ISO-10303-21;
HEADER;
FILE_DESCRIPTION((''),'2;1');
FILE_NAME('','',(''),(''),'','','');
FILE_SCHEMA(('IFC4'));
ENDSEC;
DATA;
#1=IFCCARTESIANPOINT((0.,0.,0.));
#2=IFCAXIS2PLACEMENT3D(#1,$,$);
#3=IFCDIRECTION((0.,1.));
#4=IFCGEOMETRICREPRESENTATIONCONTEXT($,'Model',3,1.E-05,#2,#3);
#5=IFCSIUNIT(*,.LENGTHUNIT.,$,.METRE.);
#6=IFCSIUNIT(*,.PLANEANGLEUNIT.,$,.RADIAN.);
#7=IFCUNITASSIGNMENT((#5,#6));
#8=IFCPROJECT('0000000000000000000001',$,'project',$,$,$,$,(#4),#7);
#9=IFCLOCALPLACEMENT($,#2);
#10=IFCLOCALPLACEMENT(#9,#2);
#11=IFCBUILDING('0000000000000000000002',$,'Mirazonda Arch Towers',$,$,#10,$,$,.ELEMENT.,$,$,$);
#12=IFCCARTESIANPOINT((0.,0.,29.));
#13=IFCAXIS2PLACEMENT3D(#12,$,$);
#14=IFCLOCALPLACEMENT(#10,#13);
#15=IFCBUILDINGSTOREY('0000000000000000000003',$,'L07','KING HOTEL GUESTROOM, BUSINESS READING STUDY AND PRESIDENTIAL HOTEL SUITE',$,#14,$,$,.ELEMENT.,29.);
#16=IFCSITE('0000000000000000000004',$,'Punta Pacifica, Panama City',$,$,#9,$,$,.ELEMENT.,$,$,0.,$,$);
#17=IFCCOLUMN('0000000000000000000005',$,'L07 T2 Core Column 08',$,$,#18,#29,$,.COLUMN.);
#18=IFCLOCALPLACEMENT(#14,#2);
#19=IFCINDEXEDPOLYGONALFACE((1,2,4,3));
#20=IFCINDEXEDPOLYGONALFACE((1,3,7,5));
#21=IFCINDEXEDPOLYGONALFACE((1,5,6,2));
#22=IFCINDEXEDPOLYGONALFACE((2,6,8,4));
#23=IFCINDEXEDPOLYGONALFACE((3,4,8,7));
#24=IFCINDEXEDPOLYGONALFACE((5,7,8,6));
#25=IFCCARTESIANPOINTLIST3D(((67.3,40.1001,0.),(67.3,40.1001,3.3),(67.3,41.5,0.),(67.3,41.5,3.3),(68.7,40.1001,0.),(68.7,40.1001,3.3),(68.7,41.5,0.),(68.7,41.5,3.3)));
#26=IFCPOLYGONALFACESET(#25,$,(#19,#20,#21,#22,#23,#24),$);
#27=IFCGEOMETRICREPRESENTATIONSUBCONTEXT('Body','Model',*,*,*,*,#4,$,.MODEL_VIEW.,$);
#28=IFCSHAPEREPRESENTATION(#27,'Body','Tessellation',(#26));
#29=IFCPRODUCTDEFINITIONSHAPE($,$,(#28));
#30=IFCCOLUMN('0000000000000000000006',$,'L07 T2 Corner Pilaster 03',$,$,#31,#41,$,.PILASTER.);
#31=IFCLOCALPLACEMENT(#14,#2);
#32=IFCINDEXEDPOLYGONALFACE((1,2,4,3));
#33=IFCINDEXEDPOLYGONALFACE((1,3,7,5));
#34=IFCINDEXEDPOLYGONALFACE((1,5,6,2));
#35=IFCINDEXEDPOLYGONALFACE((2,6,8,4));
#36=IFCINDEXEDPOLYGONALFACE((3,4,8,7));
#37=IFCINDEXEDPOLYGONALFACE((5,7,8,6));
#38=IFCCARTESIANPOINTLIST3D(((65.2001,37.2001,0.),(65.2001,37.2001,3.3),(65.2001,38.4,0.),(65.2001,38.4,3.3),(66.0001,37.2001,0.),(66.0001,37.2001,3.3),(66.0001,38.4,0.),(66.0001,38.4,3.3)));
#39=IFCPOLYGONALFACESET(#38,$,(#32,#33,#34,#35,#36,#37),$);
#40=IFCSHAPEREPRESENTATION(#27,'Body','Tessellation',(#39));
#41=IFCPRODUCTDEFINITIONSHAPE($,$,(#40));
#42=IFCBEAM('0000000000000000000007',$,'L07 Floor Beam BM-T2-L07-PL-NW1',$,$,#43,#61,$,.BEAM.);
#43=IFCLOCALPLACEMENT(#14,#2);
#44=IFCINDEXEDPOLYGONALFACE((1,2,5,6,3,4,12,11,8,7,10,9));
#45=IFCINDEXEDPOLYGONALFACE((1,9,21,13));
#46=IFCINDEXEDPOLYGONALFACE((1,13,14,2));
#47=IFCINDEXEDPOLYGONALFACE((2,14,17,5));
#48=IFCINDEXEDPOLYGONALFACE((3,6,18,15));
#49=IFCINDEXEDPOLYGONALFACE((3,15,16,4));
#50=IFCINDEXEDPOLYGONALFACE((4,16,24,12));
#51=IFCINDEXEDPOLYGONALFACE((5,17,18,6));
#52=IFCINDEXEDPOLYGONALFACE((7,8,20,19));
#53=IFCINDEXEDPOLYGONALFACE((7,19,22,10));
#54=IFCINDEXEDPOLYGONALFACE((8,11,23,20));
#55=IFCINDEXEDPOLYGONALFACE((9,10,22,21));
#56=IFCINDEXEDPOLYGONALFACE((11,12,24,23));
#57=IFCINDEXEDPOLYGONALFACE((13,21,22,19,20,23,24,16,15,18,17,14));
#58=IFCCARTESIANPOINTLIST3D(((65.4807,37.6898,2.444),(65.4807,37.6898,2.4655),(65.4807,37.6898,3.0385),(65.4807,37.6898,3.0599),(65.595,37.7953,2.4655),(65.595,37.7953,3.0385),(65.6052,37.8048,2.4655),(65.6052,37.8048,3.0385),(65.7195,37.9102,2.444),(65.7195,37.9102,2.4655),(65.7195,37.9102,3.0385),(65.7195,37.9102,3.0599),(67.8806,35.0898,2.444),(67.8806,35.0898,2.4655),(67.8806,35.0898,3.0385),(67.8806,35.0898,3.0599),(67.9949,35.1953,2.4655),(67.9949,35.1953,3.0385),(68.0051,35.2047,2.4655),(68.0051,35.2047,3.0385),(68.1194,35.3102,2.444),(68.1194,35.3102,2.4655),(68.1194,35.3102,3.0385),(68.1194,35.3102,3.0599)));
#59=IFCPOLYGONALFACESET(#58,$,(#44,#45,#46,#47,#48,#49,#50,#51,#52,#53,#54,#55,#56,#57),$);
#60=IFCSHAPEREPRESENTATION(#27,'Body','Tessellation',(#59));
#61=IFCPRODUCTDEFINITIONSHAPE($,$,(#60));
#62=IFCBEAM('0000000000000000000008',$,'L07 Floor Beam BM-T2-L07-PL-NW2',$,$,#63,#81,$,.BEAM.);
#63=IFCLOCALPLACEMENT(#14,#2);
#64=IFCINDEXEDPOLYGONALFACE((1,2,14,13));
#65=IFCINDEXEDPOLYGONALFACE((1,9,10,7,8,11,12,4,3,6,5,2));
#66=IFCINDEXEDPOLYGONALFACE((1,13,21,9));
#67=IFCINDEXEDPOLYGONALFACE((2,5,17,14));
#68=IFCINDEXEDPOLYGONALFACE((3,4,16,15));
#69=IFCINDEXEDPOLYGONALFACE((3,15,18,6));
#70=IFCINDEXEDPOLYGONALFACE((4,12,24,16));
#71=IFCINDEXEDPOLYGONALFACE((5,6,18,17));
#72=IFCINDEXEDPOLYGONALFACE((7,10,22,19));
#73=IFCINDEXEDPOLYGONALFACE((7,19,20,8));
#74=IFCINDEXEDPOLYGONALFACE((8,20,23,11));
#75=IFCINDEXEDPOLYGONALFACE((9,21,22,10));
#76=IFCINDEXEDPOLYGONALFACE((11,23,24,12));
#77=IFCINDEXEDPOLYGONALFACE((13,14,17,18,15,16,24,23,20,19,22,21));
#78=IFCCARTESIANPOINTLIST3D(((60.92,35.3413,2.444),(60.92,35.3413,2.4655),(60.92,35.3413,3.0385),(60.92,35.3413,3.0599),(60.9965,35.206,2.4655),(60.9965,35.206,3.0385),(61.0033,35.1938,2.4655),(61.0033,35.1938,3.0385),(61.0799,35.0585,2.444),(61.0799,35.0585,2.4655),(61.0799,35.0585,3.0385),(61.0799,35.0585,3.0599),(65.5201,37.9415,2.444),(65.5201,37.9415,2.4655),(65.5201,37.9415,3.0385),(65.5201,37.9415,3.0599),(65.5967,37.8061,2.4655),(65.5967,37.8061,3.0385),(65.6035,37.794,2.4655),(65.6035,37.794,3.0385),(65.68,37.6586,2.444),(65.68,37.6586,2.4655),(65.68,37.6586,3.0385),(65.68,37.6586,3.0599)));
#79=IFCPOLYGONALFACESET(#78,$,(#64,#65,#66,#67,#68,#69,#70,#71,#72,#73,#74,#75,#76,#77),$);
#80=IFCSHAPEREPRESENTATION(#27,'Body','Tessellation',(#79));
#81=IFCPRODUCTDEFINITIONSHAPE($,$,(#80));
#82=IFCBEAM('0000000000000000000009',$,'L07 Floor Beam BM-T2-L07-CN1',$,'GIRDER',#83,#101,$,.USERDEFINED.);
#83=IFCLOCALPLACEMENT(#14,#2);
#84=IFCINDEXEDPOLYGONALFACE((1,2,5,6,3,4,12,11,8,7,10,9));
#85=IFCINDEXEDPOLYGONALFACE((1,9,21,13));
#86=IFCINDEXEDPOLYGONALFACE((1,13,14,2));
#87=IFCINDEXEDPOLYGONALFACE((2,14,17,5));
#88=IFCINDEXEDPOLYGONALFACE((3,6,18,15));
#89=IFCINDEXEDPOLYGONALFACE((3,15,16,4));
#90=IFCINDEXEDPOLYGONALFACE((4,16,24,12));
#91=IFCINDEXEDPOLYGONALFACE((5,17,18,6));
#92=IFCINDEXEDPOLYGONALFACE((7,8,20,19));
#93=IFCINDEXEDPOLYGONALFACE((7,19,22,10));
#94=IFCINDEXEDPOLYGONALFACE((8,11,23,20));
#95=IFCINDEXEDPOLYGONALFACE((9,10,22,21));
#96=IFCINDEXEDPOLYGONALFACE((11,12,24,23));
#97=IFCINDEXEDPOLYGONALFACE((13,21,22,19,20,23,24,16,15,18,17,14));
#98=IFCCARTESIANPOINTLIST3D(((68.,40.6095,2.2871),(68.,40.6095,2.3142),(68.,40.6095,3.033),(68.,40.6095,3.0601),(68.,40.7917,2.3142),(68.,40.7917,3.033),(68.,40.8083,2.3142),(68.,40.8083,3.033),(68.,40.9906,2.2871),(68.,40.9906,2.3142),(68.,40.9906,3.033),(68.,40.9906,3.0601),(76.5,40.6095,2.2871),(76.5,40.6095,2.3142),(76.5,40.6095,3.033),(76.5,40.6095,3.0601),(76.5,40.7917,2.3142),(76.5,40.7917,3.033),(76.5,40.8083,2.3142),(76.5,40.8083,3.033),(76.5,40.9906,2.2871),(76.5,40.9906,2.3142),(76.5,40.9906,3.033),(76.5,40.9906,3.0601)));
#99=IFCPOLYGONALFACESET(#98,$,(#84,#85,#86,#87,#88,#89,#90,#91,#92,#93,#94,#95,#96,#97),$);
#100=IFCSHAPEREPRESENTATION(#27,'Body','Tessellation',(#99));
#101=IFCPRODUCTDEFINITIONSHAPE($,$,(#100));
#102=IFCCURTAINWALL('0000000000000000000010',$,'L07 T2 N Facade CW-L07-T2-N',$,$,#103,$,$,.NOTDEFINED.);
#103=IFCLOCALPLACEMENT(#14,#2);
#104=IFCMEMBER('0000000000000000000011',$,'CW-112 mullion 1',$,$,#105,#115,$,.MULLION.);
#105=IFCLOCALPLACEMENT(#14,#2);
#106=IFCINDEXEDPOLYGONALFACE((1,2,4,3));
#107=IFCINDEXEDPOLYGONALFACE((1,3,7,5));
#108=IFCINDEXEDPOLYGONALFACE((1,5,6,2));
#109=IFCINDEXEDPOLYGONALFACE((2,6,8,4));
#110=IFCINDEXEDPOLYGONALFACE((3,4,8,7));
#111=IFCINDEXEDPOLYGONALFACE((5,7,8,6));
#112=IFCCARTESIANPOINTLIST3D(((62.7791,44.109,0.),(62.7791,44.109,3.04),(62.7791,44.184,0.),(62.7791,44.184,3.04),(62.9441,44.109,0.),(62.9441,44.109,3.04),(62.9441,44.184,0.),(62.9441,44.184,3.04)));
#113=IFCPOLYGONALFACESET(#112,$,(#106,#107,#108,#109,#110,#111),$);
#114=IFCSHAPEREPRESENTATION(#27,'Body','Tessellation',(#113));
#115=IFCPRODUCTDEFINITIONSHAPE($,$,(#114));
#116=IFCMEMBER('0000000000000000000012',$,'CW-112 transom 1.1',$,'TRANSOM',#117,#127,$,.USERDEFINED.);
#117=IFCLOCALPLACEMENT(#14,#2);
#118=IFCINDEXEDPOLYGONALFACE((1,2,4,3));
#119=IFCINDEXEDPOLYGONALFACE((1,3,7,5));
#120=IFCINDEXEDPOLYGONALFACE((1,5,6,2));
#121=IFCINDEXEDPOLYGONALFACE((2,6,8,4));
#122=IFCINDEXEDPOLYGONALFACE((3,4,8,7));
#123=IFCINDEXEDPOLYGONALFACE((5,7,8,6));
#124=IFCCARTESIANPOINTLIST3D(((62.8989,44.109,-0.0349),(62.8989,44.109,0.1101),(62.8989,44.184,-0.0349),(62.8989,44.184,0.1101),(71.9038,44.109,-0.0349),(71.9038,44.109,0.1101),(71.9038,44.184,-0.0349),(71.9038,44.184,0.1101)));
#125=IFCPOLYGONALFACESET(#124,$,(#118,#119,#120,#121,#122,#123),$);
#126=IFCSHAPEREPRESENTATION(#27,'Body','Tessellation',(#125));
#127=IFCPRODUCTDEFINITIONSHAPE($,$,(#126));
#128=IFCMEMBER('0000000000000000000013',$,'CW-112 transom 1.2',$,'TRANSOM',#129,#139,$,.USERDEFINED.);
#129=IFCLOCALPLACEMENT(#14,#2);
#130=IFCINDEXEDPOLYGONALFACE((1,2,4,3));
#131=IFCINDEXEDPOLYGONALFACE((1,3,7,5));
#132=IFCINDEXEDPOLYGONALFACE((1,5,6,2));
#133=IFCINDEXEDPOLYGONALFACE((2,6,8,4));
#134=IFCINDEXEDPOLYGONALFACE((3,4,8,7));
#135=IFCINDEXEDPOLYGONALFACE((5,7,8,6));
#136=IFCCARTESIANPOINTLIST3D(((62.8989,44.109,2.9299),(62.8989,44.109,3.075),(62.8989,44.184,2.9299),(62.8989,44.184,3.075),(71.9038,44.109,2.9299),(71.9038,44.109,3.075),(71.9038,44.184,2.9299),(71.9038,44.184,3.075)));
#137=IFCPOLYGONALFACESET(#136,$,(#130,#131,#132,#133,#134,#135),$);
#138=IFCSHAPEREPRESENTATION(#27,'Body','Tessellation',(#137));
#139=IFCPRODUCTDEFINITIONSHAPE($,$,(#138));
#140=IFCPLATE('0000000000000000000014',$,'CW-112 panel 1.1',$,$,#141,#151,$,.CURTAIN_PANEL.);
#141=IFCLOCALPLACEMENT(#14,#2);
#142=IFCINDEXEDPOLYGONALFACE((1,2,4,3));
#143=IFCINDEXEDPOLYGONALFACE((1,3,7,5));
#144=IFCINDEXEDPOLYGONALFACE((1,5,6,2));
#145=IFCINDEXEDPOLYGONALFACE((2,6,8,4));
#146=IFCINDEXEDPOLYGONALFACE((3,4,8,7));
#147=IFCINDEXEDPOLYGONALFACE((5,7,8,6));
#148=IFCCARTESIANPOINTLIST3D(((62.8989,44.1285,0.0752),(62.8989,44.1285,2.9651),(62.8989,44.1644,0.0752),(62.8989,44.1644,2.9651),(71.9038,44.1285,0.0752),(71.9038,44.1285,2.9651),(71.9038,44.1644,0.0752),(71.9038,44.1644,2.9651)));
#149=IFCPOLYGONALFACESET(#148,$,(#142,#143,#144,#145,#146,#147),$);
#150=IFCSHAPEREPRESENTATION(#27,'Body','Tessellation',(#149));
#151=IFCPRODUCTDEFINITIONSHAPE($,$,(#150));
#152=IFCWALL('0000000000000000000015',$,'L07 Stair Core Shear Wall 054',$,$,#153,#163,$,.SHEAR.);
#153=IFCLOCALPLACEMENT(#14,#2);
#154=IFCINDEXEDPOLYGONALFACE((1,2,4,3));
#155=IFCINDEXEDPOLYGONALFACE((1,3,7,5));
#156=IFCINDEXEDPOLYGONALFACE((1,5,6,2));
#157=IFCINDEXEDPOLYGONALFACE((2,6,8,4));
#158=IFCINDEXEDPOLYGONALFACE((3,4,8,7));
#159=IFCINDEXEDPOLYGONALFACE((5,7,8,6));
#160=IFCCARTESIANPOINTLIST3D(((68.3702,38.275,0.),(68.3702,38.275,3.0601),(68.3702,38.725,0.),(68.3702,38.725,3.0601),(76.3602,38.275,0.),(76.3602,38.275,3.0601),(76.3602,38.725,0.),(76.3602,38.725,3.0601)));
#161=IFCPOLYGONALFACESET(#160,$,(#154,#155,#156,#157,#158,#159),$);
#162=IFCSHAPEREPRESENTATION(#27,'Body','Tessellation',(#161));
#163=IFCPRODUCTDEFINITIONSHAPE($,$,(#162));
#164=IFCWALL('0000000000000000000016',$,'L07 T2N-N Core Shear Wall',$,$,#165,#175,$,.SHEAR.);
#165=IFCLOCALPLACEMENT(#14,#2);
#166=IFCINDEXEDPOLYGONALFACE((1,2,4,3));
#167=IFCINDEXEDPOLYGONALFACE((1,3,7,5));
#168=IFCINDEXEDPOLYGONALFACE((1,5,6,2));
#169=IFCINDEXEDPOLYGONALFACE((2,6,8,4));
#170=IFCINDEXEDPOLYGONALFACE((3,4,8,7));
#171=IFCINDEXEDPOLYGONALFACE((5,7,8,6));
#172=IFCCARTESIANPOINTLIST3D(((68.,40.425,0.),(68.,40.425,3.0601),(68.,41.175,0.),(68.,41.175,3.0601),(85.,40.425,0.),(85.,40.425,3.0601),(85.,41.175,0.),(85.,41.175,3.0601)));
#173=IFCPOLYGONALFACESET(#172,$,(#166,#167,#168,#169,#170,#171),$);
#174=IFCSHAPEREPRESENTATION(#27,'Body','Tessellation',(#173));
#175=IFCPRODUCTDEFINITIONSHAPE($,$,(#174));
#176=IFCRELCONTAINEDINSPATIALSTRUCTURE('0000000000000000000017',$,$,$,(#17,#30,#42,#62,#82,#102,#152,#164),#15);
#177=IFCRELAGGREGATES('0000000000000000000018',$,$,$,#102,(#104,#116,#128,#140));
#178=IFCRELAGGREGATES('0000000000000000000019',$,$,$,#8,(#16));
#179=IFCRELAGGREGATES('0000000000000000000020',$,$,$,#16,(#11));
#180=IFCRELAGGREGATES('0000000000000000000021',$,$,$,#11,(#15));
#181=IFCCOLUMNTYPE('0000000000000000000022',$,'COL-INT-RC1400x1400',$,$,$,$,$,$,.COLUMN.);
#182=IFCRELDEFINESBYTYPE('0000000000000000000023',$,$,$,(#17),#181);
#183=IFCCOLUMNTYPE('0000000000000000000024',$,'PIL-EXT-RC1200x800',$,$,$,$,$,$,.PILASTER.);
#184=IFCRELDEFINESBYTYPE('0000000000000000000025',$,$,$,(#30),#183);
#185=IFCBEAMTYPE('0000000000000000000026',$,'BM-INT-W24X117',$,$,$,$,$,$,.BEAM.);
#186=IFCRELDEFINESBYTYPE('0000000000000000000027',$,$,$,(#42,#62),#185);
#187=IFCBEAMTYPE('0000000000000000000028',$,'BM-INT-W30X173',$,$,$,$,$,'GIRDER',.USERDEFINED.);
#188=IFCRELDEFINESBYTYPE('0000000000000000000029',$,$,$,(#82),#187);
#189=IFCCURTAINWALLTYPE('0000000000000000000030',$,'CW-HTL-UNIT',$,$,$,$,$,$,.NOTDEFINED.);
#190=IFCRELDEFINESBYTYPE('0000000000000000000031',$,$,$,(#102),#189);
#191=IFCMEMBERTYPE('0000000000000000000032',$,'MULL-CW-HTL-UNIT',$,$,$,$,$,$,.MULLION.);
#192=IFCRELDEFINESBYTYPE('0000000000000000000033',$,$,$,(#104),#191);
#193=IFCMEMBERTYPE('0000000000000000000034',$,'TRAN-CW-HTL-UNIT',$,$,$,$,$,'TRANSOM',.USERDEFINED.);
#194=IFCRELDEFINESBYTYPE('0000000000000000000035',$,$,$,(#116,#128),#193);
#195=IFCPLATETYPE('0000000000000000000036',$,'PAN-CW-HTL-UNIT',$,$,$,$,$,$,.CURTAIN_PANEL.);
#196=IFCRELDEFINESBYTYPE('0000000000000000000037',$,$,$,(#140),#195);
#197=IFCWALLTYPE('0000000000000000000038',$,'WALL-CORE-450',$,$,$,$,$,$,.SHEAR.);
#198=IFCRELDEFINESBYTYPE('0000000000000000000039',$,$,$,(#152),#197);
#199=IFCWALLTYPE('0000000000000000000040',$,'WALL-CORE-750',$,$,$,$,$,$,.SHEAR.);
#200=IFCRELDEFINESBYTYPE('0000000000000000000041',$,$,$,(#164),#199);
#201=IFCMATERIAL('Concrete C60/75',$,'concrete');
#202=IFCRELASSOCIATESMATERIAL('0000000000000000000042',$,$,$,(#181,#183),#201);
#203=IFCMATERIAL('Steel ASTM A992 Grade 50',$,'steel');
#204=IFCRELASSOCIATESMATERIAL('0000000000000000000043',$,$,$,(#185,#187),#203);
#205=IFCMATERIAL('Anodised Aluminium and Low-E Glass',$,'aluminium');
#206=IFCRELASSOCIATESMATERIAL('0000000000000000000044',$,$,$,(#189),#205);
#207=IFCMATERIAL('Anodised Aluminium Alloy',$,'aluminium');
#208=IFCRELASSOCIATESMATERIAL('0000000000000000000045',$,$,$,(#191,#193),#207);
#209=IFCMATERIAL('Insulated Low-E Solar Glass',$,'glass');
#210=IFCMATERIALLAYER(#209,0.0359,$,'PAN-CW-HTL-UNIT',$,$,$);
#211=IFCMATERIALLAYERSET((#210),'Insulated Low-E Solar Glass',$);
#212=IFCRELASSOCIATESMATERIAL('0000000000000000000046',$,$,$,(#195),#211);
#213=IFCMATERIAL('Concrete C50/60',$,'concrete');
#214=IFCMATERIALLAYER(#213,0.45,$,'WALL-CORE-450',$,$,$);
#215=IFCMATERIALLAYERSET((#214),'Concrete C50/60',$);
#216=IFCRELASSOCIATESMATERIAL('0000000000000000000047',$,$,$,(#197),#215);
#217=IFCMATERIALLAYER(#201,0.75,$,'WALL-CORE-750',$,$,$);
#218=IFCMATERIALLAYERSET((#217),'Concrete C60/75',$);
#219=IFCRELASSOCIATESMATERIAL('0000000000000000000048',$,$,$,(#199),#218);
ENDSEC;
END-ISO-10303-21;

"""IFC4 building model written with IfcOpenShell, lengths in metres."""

from ifc_helpers import new_model, si_unit, direction, frame, frame_2d, origin, origin_2d, place, context, subcontext, project, spatial, rectangle, i_section, extrude, material, layer, layer_set, material_profile, profile_set, type_object, element, aggregate, save


model = new_model("IFC4")

# Units and contexts
model_context = context("Model", 3, precision=1e-05, world=origin(), true_north=direction((0.0, 1.0)))
body_context = subcontext(model_context, "Body", "Model", "MODEL_VIEW")
ifc_project = project(units=[si_unit("LENGTHUNIT", "METRE"), si_unit("PLANEANGLEUNIT", "RADIAN")], contexts=[model_context])

# Site, building, storey
site_placement = place(None, origin())
site = spatial("IfcSite", under=ifc_project, at=site_placement, Name="Punta Pacifica, Panama City", CompositionType="ELEMENT", RefElevation=0.0)
building_placement = place(site_placement, origin())
building = spatial("IfcBuilding", under=site, at=building_placement, Name="Mirazonda Arch Towers", CompositionType="ELEMENT")
storey_placement = place(building_placement, frame((0.0, 0.0, 29.0)))
storey = spatial("IfcBuildingStorey", under=building, at=storey_placement, Name="L07", Description="KING HOTEL GUESTROOM, BUSINESS READING STUDY AND PRESIDENTIAL HOTEL SUITE", CompositionType="ELEMENT", Elevation=29.0)

# Columns
ifc_material_1 = material(Name="Concrete C60/75", Category="concrete")
ifc_material_profile_1 = material_profile(ifc_material_1, rectangle(XDim=1.3999, YDim=1.3999, at=origin_2d()), Name="RC1400x1400")
ifc_profile_set_1 = profile_set([ifc_material_profile_1], Name="Concrete C60/75")
column_type_1 = type_object("IfcColumnType", Name="COL-INT-RC1400x1400", PredefinedType="COLUMN", material=ifc_profile_set_1)
column_1_placement = place(storey_placement, frame((68.0, 40.8, 0.0), z_axis=(0.0, 0.0, 1.0), x_axis=(1.0, 0.0, 0.0)))
element("IfcColumn", 1, at=column_1_placement, inside=storey, type_object=column_type_1, Name="L07 T2 Core Column 08", PredefinedType="COLUMN", context=body_context, shape_type="SweptSolid", body=[
    extrude(rectangle(XDim=1.3999, YDim=1.3999, at=origin_2d()), origin(), (0.0, 0.0, 1.0), 3.3),
])
ifc_material_profile_2 = material_profile(ifc_material_1, rectangle(XDim=0.8, YDim=1.2, at=origin_2d()), Name="RC1200x800")
ifc_profile_set_2 = profile_set([ifc_material_profile_2], Name="Concrete C60/75")
column_type_2 = type_object("IfcColumnType", Name="PIL-EXT-RC1200x800", PredefinedType="PILASTER", material=ifc_profile_set_2)
column_2_placement = place(storey_placement, frame((65.6001, 37.8, 0.0), z_axis=(0.0, 0.0, 1.0), x_axis=(1.0, 0.0, 0.0)))
element("IfcColumn", 2, at=column_2_placement, inside=storey, type_object=column_type_2, Name="L07 T2 Corner Pilaster 03", PredefinedType="PILASTER", context=body_context, shape_type="SweptSolid", body=[
    extrude(rectangle(XDim=0.8, YDim=1.2, at=origin_2d()), origin(), (0.0, 0.0, 1.0), 3.3),
])

# Beams
ifc_material_2 = material(Name="Steel ASTM A992 Grade 50", Category="steel")
ifc_material_profile_3 = material_profile(ifc_material_2, i_section(OverallWidth=0.325, OverallDepth=0.616, WebThickness=0.0139, FlangeThickness=0.0215, at=origin_2d()), Name="W24X117")
ifc_profile_set_3 = profile_set([ifc_material_profile_3], Name="Steel ASTM A992 Grade 50")
beam_type_1 = type_object("IfcBeamType", Name="BM-INT-W24X117", PredefinedType="BEAM", material=ifc_profile_set_3)
beam_1_placement = place(storey_placement, frame((65.6001, 37.8, 2.752), z_axis=(0.678251, -0.73483, 0.0), x_axis=(0.73483, 0.678251, 0.0)))
element("IfcBeam", 3, at=beam_1_placement, inside=storey, type_object=beam_type_1, Name="L07 Floor Beam BM-T2-L07-PL-NW1", PredefinedType="BEAM", context=body_context, shape_type="SweptSolid", body=[
    extrude(i_section(OverallWidth=0.325, OverallDepth=0.616, WebThickness=0.0139, FlangeThickness=0.0215, at=origin_2d()), origin(), (0.0, 0.0, 1.0), 3.5383),
])
beam_2_placement = place(storey_placement, frame((65.6001, 37.8, 2.752), z_axis=(-0.870559, -0.492063, 0.0), x_axis=(0.492063, -0.870559, 0.0)))
element("IfcBeam", 4, at=beam_2_placement, inside=storey, type_object=beam_type_1, Name="L07 Floor Beam BM-T2-L07-PL-NW2", PredefinedType="BEAM", context=body_context, shape_type="SweptSolid", body=[
    extrude(i_section(OverallWidth=0.325, OverallDepth=0.616, WebThickness=0.0139, FlangeThickness=0.0215, at=origin_2d()), origin(), (0.0, 0.0, 1.0), 5.2842),
])
ifc_material_profile_4 = material_profile(ifc_material_2, i_section(OverallWidth=0.3811, OverallDepth=0.7729, WebThickness=0.0166, FlangeThickness=0.0271, at=origin_2d()), Name="W30X173")
ifc_profile_set_4 = profile_set([ifc_material_profile_4], Name="Steel ASTM A992 Grade 50")
beam_type_2 = type_object("IfcBeamType", Name="BM-INT-W30X173", ElementType="GIRDER", PredefinedType="USERDEFINED", material=ifc_profile_set_4)
beam_3_placement = place(storey_placement, frame((68.0, 40.8, 2.6736), z_axis=(1.0, 0.0, 0.0), x_axis=(0.0, 1.0, 0.0)))
element("IfcBeam", 5, at=beam_3_placement, inside=storey, type_object=beam_type_2, Name="L07 Floor Beam BM-T2-L07-CN1", ObjectType="GIRDER", PredefinedType="USERDEFINED", context=body_context, shape_type="SweptSolid", body=[
    extrude(i_section(OverallWidth=0.3811, OverallDepth=0.7729, WebThickness=0.0166, FlangeThickness=0.0271, at=origin_2d()), origin(), (0.0, 0.0, 1.0), 8.5),
])

# Curtain wall, members, plate
ifc_material_3 = material(Name="Anodised Aluminium and Low-E Glass", Category="aluminium")
curtain_wall_type = type_object("IfcCurtainWallType", Name="CW-HTL-UNIT", PredefinedType="NOTDEFINED", material=ifc_material_3)
curtain_wall_placement = place(storey_placement, origin())
curtain_wall = element("IfcCurtainWall", 6, at=curtain_wall_placement, inside=storey, type_object=curtain_wall_type, Name="L07 T2 N Facade CW-L07-T2-N", PredefinedType="NOTDEFINED")
ifc_material_4 = material(Name="Anodised Aluminium Alloy", Category="aluminium")
ifc_material_profile_5 = material_profile(ifc_material_4, rectangle(XDim=0.075, YDim=0.165, at=origin_2d()), Name="ALU-MULL-75x165")
ifc_profile_set_5 = profile_set([ifc_material_profile_5], Name="Anodised Aluminium Alloy")
member_type_1 = type_object("IfcMemberType", Name="MULL-CW-HTL-UNIT", PredefinedType="MULLION", material=ifc_profile_set_5)
member_1_placement = place(storey_placement, frame((62.8616, 44.1465, 0.0), z_axis=(0.0, 0.0, 1.0), x_axis=(0.0, 1.0, 0.0)))
member_1 = element("IfcMember", 7, at=member_1_placement, type_object=member_type_1, Name="CW-112 mullion 1", PredefinedType="MULLION", context=body_context, shape_type="SweptSolid", body=[
    extrude(rectangle(XDim=0.075, YDim=0.165, at=origin_2d()), origin(), (0.0, 0.0, 1.0), 3.04),
])
ifc_material_profile_6 = material_profile(ifc_material_4, rectangle(XDim=0.075, YDim=0.145, at=origin_2d()), Name="ALU-TRAN-75x145")
ifc_profile_set_6 = profile_set([ifc_material_profile_6], Name="Anodised Aluminium Alloy")
member_type_2 = type_object("IfcMemberType", Name="TRAN-CW-HTL-UNIT", ElementType="TRANSOM", PredefinedType="USERDEFINED", material=ifc_profile_set_6)
member_2_placement = place(storey_placement, frame((62.8989, 44.1465, 0.0376), z_axis=(1.0, 0.0, 0.0), x_axis=(0.0, 1.0, 0.0)))
member_2 = element("IfcMember", 8, at=member_2_placement, type_object=member_type_2, Name="CW-112 transom 1.1", ObjectType="TRANSOM", PredefinedType="USERDEFINED", context=body_context, shape_type="SweptSolid", body=[
    extrude(rectangle(XDim=0.075, YDim=0.145, at=origin_2d()), origin(), (0.0, 0.0, 1.0), 9.0049),
])
member_3_placement = place(storey_placement, frame((62.8989, 44.1465, 3.0024), z_axis=(1.0, 0.0, 0.0), x_axis=(0.0, 1.0, 0.0)))
member_3 = element("IfcMember", 9, at=member_3_placement, type_object=member_type_2, Name="CW-112 transom 1.2", ObjectType="TRANSOM", PredefinedType="USERDEFINED", context=body_context, shape_type="SweptSolid", body=[
    extrude(rectangle(XDim=0.075, YDim=0.145, at=origin_2d()), origin(), (0.0, 0.0, 1.0), 9.0049),
])
ifc_material_5 = material(Name="Insulated Low-E Solar Glass", Category="glass")
ifc_layer_1 = layer(ifc_material_5, 0.0359, Name="PAN-CW-HTL-UNIT")
ifc_layer_set_1 = layer_set([ifc_layer_1], Name="Insulated Low-E Solar Glass")
plate_type = type_object("IfcPlateType", Name="PAN-CW-HTL-UNIT", PredefinedType="CURTAIN_PANEL", material=ifc_layer_set_1)
plate_placement = place(storey_placement, frame((67.4014, 44.1465, 0.0752), z_axis=(0.0, 0.0, 1.0), x_axis=(1.0, 0.0, 0.0)))
plate = element("IfcPlate", 10, at=plate_placement, type_object=plate_type, Name="CW-112 panel 1.1", PredefinedType="CURTAIN_PANEL", context=body_context, shape_type="SweptSolid", body=[
    extrude(rectangle(XDim=9.0049, YDim=0.0359, at=origin_2d()), origin(), (0.0, 0.0, 1.0), 2.8899),
])
aggregate(curtain_wall, [member_1, member_2, member_3, plate])

# Walls
ifc_material_6 = material(Name="Concrete C50/60", Category="concrete")
ifc_layer_2 = layer(ifc_material_6, 0.45, Name="WALL-CORE-450")
ifc_layer_set_2 = layer_set([ifc_layer_2], Name="Concrete C50/60")
wall_type_1 = type_object("IfcWallType", Name="WALL-CORE-450", PredefinedType="SHEAR", material=ifc_layer_set_2)
wall_1_placement = place(storey_placement, frame((68.3701, 38.5, 0.0), z_axis=(0.0, 0.0, 1.0), x_axis=(1.0, 0.0, 0.0)))
element("IfcWall", 11, at=wall_1_placement, inside=storey, type_object=wall_type_1, Name="L07 Stair Core Shear Wall 054", PredefinedType="SHEAR", context=body_context, shape_type="SweptSolid", body=[
    extrude(rectangle(XDim=7.99, YDim=0.45, at=frame_2d((3.9951, 0.0))), origin(), (0.0, 0.0, 1.0), 3.0601),
])
ifc_layer_3 = layer(ifc_material_1, 0.75, Name="WALL-CORE-750")
ifc_layer_set_3 = layer_set([ifc_layer_3], Name="Concrete C60/75")
wall_type_2 = type_object("IfcWallType", Name="WALL-CORE-750", PredefinedType="SHEAR", material=ifc_layer_set_3)
wall_2_placement = place(storey_placement, frame((68.0, 40.8, 0.0), z_axis=(0.0, 0.0, 1.0), x_axis=(1.0, 0.0, 0.0)))
element("IfcWall", 12, at=wall_2_placement, inside=storey, type_object=wall_type_2, Name="L07 T2N-N Core Shear Wall", PredefinedType="SHEAR", context=body_context, shape_type="SweptSolid", body=[
    extrude(rectangle(XDim=17.0, YDim=0.75, at=frame_2d((8.5, 0.0))), origin(), (0.0, 0.0, 1.0), 3.0601),
])

save(model, "model.ifc")
